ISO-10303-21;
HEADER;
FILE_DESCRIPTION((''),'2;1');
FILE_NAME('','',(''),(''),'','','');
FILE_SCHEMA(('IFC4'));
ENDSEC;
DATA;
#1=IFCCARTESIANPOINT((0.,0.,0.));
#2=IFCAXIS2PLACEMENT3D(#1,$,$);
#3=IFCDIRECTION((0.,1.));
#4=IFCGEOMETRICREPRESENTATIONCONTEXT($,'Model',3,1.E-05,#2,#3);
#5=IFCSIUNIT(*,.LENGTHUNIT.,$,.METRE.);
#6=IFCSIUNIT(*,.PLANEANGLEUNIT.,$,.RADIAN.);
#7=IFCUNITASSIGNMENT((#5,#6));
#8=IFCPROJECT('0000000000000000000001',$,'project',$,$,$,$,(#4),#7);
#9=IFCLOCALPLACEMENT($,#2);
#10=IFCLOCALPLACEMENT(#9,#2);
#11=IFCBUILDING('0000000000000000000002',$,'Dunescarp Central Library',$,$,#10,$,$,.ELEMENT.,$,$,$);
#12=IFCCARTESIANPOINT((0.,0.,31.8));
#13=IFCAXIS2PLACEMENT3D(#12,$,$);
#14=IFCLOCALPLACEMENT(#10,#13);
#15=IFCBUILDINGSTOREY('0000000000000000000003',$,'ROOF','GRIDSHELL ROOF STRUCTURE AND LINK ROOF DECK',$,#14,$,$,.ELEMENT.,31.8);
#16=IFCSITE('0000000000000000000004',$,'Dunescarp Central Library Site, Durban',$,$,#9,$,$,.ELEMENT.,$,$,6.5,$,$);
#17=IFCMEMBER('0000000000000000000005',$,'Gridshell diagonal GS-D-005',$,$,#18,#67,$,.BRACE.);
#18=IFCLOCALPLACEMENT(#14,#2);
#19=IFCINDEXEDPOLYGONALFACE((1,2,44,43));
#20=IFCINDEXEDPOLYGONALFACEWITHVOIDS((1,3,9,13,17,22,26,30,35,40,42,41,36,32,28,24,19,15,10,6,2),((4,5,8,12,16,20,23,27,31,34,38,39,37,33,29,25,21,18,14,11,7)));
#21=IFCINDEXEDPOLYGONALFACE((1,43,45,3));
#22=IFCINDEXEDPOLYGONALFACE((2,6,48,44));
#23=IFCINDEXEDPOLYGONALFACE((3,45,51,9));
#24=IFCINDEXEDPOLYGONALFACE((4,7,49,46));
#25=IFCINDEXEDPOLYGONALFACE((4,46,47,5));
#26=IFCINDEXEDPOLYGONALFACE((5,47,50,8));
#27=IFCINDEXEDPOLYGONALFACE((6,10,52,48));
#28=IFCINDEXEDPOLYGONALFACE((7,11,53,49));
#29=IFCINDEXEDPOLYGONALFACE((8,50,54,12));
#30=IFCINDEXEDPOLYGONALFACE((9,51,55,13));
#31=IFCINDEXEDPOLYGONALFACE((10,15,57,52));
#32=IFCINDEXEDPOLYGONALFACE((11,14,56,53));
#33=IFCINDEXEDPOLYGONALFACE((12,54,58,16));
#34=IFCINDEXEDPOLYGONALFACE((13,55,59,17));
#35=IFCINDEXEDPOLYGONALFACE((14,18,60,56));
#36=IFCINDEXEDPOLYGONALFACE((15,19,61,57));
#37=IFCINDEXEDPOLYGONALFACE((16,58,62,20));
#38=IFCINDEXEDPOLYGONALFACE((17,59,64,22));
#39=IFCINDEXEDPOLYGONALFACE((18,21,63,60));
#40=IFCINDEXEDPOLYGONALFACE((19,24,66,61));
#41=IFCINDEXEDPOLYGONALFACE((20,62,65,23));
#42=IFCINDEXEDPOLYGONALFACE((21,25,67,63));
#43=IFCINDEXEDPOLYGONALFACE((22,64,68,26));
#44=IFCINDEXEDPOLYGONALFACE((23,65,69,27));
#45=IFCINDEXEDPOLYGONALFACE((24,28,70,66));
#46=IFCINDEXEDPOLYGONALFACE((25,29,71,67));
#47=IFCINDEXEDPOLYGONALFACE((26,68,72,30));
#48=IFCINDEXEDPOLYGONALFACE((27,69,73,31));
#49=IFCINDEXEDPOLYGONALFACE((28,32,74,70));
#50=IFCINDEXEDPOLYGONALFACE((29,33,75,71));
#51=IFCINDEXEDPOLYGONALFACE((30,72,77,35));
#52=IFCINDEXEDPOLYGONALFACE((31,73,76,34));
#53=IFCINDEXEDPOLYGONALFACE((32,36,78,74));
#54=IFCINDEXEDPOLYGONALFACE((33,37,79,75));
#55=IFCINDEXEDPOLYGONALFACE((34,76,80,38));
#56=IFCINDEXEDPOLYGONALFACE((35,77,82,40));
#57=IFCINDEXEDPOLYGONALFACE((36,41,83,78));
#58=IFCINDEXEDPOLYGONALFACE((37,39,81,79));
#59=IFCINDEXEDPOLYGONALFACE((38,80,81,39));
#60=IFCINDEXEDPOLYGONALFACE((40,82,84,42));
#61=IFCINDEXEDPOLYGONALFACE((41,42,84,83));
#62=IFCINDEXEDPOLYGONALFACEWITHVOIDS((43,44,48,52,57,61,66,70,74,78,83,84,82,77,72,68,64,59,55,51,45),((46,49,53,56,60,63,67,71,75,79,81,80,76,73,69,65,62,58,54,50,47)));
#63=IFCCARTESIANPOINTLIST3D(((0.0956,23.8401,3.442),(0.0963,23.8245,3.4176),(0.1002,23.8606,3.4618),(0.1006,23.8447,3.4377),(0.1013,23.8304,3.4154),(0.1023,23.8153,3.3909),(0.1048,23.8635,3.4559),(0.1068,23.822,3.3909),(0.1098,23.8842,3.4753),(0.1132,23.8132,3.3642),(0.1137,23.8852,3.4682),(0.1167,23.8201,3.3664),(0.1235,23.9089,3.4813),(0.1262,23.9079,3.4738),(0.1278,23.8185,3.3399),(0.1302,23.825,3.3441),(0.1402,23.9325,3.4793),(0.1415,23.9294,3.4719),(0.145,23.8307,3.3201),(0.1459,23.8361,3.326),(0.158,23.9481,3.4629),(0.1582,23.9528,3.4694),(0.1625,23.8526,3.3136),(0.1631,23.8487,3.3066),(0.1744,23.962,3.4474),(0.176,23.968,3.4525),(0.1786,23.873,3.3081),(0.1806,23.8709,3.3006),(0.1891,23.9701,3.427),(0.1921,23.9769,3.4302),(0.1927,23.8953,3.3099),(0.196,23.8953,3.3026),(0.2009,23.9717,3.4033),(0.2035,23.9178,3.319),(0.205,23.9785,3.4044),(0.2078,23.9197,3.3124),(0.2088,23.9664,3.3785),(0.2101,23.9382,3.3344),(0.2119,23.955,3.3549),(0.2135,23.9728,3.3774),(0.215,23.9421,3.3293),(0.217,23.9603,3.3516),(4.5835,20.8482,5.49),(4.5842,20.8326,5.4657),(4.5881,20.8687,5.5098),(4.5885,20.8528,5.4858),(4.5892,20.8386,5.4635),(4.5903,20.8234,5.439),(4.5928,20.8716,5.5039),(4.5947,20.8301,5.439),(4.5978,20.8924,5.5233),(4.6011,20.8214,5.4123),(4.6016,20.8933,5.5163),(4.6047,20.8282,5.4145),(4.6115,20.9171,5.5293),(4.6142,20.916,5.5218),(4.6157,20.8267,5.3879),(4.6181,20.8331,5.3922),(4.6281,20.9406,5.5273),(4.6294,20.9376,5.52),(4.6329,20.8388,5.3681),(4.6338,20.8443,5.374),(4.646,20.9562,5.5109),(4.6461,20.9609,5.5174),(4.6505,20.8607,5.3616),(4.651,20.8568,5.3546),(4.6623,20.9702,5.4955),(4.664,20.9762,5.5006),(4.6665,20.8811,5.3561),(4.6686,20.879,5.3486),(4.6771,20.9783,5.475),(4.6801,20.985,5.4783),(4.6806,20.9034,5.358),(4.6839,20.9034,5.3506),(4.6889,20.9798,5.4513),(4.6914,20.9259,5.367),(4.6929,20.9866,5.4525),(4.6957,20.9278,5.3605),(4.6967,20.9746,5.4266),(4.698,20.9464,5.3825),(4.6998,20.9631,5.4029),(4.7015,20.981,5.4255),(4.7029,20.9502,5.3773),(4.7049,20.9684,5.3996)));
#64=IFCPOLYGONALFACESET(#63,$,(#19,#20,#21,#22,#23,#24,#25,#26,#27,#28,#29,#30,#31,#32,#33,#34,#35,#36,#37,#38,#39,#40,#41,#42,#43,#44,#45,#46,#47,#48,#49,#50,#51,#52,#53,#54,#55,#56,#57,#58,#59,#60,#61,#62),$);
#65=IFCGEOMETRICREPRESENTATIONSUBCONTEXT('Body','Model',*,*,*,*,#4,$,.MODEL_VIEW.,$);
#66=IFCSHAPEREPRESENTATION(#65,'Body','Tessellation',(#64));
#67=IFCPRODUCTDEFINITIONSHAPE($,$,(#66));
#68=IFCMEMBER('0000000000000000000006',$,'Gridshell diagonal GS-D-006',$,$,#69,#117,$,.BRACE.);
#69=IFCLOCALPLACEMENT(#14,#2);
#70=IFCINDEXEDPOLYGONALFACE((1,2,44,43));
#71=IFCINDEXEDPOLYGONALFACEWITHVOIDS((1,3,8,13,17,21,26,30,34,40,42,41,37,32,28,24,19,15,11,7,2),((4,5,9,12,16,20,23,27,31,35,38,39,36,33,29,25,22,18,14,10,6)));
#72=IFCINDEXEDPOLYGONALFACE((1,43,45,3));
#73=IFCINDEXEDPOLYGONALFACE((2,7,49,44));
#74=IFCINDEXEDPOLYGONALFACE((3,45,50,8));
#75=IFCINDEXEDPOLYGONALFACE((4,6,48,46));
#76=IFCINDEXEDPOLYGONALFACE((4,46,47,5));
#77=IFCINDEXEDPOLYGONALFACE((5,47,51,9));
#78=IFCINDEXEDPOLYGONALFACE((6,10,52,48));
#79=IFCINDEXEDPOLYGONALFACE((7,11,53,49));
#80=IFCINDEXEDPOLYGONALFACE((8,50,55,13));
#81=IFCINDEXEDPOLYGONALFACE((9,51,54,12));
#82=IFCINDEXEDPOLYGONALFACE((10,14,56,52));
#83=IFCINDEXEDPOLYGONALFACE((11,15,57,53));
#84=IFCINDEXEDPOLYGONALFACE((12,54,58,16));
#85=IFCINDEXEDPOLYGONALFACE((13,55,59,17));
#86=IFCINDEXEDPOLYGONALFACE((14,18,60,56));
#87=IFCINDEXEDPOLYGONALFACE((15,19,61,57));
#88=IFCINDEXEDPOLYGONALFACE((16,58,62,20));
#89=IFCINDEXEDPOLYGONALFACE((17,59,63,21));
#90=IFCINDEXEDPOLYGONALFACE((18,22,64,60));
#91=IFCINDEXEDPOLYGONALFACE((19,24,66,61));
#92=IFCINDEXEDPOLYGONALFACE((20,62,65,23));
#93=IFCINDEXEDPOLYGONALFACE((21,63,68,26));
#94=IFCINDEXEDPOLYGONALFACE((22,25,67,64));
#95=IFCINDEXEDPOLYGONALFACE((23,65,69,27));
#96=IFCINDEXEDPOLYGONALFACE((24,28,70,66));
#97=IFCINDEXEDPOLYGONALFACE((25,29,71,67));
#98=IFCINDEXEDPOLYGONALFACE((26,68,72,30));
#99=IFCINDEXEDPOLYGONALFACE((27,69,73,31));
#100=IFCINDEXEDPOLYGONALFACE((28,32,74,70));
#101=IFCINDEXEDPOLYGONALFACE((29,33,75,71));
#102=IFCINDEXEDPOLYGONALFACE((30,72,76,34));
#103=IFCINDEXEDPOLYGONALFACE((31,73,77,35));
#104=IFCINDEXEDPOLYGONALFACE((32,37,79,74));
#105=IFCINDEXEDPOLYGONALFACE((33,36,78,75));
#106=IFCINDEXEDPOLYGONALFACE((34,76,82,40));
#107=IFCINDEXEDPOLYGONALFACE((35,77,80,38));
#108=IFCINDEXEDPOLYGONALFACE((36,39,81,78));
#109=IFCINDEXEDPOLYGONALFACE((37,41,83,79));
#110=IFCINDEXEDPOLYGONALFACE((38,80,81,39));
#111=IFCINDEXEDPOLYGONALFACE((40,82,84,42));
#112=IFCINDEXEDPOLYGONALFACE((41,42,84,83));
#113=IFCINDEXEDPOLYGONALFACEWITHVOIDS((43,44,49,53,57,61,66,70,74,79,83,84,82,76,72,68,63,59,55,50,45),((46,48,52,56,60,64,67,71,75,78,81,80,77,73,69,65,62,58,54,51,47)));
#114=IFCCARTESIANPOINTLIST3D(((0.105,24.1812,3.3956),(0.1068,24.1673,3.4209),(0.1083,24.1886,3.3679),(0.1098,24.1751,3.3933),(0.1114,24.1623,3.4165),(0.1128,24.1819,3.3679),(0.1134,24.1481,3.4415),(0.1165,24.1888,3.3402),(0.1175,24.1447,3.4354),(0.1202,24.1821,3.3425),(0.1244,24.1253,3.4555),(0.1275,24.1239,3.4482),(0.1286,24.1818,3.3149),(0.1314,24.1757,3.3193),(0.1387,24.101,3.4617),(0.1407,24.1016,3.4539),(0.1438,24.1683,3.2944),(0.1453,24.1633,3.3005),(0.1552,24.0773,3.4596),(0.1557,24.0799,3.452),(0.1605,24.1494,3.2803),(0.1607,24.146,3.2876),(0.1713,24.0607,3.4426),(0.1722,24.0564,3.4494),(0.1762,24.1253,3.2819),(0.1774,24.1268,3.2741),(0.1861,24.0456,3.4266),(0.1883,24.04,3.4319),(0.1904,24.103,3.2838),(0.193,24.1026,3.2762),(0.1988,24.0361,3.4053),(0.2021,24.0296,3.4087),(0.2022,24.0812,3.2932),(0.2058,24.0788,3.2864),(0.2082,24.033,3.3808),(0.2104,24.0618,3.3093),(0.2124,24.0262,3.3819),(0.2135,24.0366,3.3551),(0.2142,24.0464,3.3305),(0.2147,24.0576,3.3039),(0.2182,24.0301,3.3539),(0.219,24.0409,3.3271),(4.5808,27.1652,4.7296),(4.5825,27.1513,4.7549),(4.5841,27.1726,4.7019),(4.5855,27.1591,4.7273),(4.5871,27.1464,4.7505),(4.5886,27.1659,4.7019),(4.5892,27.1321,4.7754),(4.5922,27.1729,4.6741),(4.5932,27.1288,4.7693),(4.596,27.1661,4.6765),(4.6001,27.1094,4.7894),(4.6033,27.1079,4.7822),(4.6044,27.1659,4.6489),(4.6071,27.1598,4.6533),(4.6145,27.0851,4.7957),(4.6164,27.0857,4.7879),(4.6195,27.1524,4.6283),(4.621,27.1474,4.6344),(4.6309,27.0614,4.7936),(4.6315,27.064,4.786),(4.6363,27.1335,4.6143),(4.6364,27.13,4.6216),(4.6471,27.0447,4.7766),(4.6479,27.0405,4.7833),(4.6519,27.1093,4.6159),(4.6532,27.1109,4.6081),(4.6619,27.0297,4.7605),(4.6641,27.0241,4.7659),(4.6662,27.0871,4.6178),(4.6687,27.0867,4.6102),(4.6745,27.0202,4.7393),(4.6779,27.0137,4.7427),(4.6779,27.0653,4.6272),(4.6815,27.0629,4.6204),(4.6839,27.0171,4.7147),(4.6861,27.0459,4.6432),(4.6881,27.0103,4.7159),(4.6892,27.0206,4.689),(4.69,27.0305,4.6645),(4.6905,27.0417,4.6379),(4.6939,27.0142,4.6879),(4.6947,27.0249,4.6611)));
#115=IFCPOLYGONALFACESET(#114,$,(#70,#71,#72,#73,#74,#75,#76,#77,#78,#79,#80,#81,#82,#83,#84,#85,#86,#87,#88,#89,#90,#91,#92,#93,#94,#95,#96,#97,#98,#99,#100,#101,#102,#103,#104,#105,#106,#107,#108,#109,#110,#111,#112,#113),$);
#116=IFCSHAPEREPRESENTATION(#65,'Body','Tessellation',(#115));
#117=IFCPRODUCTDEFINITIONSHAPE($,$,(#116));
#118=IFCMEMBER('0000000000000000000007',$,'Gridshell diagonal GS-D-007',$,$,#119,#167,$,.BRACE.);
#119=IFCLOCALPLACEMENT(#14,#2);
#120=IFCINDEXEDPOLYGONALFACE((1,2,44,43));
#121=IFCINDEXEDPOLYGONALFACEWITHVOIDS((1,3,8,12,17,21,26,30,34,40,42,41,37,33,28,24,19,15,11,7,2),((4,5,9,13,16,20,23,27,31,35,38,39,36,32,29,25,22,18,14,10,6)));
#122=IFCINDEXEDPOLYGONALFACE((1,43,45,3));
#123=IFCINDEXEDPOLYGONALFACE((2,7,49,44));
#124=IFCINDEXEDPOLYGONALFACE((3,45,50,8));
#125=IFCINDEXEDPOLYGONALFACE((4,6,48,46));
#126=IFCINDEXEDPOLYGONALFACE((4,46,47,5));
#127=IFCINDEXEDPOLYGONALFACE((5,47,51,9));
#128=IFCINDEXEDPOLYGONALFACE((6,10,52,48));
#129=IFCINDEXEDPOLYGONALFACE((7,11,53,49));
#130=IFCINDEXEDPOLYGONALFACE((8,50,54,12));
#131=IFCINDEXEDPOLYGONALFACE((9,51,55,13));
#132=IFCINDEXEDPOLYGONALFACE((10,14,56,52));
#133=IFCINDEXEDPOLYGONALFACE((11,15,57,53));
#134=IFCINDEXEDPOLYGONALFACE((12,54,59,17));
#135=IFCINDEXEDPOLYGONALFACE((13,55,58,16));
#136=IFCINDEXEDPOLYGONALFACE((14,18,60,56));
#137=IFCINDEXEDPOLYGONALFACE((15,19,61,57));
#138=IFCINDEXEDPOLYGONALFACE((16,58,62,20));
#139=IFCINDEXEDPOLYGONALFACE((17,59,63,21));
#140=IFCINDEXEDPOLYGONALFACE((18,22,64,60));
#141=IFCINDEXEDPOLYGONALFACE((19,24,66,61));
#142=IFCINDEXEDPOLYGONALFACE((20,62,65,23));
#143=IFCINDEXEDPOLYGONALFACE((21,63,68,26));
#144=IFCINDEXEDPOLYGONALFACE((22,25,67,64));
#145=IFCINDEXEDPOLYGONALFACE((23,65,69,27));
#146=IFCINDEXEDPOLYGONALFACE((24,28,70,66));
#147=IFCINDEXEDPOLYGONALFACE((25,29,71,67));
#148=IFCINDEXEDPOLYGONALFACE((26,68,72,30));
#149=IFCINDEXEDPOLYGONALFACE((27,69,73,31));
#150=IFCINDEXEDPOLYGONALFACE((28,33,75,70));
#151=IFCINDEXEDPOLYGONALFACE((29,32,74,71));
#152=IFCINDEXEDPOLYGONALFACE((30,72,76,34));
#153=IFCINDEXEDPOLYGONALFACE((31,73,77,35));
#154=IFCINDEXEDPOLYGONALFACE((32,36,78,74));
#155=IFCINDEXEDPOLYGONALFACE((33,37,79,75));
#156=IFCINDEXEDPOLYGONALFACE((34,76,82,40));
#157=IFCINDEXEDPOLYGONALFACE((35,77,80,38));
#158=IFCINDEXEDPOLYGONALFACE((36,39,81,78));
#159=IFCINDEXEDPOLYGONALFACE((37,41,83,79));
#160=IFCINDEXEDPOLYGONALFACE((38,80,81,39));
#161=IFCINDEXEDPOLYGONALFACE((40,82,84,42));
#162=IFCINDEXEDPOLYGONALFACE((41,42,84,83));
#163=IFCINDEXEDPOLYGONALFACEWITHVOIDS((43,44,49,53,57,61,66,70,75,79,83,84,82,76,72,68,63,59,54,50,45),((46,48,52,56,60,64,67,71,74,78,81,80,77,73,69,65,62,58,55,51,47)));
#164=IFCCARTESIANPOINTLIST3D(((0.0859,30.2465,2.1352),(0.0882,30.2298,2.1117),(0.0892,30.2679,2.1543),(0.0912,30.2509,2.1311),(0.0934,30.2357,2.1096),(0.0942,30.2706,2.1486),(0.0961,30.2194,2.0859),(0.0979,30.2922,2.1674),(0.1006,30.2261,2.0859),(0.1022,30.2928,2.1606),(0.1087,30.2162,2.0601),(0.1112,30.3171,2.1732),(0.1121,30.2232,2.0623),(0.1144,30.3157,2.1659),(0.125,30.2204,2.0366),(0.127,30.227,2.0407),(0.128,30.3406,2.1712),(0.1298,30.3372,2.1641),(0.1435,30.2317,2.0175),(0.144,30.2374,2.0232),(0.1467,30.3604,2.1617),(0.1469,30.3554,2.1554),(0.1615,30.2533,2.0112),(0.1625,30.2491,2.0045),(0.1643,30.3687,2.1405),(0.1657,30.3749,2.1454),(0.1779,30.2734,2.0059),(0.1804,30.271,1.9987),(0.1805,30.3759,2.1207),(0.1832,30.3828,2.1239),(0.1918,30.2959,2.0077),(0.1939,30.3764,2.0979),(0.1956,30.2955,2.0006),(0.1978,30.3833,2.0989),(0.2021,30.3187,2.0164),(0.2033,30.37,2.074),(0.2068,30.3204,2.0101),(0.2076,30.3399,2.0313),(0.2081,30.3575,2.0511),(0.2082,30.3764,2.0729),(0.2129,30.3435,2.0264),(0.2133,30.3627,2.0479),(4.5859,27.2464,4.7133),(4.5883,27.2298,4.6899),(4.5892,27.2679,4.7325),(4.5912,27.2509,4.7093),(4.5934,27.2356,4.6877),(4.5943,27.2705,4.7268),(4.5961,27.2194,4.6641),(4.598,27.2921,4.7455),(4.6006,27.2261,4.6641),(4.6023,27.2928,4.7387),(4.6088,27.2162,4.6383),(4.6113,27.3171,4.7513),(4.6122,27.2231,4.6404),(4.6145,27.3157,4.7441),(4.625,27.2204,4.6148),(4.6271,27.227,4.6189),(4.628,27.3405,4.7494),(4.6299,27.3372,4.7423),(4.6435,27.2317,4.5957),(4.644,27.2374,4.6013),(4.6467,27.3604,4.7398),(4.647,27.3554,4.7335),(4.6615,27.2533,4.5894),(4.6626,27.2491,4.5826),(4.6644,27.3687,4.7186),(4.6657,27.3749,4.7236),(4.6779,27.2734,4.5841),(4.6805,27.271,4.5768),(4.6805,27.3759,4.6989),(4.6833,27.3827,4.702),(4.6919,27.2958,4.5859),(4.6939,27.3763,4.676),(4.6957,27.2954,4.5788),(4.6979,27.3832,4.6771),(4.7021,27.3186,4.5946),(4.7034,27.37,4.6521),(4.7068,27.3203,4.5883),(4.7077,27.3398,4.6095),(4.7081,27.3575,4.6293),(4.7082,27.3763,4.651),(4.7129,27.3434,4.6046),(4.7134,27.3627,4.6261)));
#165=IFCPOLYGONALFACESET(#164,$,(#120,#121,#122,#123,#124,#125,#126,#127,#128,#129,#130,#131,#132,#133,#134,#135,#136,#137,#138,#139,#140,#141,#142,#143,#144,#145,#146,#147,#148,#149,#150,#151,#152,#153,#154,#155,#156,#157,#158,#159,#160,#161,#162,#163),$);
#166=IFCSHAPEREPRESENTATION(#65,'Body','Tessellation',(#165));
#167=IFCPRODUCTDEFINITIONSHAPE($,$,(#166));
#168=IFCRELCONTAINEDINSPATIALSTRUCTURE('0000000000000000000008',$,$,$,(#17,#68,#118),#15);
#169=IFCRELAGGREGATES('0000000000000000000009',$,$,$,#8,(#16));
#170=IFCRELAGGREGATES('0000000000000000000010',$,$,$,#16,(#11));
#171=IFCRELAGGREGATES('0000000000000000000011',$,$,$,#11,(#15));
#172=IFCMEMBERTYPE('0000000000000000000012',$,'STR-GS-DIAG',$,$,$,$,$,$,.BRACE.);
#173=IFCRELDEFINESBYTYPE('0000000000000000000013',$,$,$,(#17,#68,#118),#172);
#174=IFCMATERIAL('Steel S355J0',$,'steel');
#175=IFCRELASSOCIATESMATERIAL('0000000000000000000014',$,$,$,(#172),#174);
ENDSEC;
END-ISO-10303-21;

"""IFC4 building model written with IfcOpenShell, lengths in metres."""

from ifc_helpers import new_model, si_unit, direction, frame, origin, origin_2d, place, context, subcontext, project, spatial, hollow_circle, extrude, material, material_profile, profile_set, type_object, element, save


model = new_model("IFC4")

# Units and contexts
model_context = context("Model", 3, precision=1e-05, world=origin(), true_north=direction((0.0, 1.0)))
body_context = subcontext(model_context, "Body", "Model", "MODEL_VIEW")
ifc_project = project(units=[si_unit("LENGTHUNIT", "METRE"), si_unit("PLANEANGLEUNIT", "RADIAN")], contexts=[model_context])

# Site, building, storey
site_placement = place(None, origin())
site = spatial("IfcSite", under=ifc_project, at=site_placement, Name="Dunescarp Central Library Site, Durban", CompositionType="ELEMENT", RefElevation=6.5)
building_placement = place(site_placement, origin())
building = spatial("IfcBuilding", under=site, at=building_placement, Name="Dunescarp Central Library", CompositionType="ELEMENT")
storey_placement = place(building_placement, frame((0.0, 0.0, 31.8)))
storey = spatial("IfcBuildingStorey", under=building, at=storey_placement, Name="ROOF", Description="GRIDSHELL ROOF STRUCTURE AND LINK ROOF DECK", CompositionType="ELEMENT", Elevation=31.8)

# Members
ifc_material_1 = material(Name="Steel S355J0", Category="steel")
ifc_material_profile_1 = material_profile(ifc_material_1, hollow_circle(Radius=0.0969, WallThickness=0.0081, at=origin_2d()), Name="CHS 193.7x8")
ifc_profile_set_1 = profile_set([ifc_material_profile_1], Name="Steel S355J0")
member_type_1 = type_object("IfcMemberType", Name="STR-GS-DIAG", PredefinedType="BRACE", material=ifc_profile_set_1)
member_1_placement = place(storey_placement, frame((4.644, 20.9041, 5.439), z_axis=(-0.777869, 0.518566, -0.354977), x_axis=(-0.55469, -0.832057, 0.0)))
element("IfcMember", 1, at=member_1_placement, inside=storey, type_object=member_type_1, Name="Gridshell diagonal GS-D-005", PredefinedType="BRACE", context=body_context, shape_type="SweptSolid", body=[
    extrude(hollow_circle(Radius=0.0969, WallThickness=0.0081, at=origin_2d()), origin(), (0.0, 0.0, 1.0), 5.7695),
])
member_2_placement = place(storey_placement, frame((0.1621, 24.1079, 3.3679), z_axis=(0.807569, 0.538424, 0.240689), x_axis=(-0.554732, 0.832029, 0.0)))
element("IfcMember", 2, at=member_2_placement, inside=storey, type_object=member_type_1, Name="Gridshell diagonal GS-D-006", PredefinedType="BRACE", context=body_context, shape_type="SweptSolid", body=[
    extrude(hollow_circle(Radius=0.0969, WallThickness=0.0081, at=origin_2d()), origin(), (0.0, 0.0, 1.0), 5.5422),
])
member_3_placement = place(storey_placement, frame((4.6499, 27.3, 4.6641), z_axis=(-0.751078, 0.500719, -0.430305), x_axis=(-0.5547, -0.83205, 0.0)))
element("IfcMember", 3, at=member_3_placement, inside=storey, type_object=member_type_1, Name="Gridshell diagonal GS-D-007", PredefinedType="BRACE", context=body_context, shape_type="SweptSolid", body=[
    extrude(hollow_circle(Radius=0.0969, WallThickness=0.0081, at=origin_2d()), origin(), (0.0, 0.0, 1.0), 5.9915),
])

save(model, "model.ifc")
